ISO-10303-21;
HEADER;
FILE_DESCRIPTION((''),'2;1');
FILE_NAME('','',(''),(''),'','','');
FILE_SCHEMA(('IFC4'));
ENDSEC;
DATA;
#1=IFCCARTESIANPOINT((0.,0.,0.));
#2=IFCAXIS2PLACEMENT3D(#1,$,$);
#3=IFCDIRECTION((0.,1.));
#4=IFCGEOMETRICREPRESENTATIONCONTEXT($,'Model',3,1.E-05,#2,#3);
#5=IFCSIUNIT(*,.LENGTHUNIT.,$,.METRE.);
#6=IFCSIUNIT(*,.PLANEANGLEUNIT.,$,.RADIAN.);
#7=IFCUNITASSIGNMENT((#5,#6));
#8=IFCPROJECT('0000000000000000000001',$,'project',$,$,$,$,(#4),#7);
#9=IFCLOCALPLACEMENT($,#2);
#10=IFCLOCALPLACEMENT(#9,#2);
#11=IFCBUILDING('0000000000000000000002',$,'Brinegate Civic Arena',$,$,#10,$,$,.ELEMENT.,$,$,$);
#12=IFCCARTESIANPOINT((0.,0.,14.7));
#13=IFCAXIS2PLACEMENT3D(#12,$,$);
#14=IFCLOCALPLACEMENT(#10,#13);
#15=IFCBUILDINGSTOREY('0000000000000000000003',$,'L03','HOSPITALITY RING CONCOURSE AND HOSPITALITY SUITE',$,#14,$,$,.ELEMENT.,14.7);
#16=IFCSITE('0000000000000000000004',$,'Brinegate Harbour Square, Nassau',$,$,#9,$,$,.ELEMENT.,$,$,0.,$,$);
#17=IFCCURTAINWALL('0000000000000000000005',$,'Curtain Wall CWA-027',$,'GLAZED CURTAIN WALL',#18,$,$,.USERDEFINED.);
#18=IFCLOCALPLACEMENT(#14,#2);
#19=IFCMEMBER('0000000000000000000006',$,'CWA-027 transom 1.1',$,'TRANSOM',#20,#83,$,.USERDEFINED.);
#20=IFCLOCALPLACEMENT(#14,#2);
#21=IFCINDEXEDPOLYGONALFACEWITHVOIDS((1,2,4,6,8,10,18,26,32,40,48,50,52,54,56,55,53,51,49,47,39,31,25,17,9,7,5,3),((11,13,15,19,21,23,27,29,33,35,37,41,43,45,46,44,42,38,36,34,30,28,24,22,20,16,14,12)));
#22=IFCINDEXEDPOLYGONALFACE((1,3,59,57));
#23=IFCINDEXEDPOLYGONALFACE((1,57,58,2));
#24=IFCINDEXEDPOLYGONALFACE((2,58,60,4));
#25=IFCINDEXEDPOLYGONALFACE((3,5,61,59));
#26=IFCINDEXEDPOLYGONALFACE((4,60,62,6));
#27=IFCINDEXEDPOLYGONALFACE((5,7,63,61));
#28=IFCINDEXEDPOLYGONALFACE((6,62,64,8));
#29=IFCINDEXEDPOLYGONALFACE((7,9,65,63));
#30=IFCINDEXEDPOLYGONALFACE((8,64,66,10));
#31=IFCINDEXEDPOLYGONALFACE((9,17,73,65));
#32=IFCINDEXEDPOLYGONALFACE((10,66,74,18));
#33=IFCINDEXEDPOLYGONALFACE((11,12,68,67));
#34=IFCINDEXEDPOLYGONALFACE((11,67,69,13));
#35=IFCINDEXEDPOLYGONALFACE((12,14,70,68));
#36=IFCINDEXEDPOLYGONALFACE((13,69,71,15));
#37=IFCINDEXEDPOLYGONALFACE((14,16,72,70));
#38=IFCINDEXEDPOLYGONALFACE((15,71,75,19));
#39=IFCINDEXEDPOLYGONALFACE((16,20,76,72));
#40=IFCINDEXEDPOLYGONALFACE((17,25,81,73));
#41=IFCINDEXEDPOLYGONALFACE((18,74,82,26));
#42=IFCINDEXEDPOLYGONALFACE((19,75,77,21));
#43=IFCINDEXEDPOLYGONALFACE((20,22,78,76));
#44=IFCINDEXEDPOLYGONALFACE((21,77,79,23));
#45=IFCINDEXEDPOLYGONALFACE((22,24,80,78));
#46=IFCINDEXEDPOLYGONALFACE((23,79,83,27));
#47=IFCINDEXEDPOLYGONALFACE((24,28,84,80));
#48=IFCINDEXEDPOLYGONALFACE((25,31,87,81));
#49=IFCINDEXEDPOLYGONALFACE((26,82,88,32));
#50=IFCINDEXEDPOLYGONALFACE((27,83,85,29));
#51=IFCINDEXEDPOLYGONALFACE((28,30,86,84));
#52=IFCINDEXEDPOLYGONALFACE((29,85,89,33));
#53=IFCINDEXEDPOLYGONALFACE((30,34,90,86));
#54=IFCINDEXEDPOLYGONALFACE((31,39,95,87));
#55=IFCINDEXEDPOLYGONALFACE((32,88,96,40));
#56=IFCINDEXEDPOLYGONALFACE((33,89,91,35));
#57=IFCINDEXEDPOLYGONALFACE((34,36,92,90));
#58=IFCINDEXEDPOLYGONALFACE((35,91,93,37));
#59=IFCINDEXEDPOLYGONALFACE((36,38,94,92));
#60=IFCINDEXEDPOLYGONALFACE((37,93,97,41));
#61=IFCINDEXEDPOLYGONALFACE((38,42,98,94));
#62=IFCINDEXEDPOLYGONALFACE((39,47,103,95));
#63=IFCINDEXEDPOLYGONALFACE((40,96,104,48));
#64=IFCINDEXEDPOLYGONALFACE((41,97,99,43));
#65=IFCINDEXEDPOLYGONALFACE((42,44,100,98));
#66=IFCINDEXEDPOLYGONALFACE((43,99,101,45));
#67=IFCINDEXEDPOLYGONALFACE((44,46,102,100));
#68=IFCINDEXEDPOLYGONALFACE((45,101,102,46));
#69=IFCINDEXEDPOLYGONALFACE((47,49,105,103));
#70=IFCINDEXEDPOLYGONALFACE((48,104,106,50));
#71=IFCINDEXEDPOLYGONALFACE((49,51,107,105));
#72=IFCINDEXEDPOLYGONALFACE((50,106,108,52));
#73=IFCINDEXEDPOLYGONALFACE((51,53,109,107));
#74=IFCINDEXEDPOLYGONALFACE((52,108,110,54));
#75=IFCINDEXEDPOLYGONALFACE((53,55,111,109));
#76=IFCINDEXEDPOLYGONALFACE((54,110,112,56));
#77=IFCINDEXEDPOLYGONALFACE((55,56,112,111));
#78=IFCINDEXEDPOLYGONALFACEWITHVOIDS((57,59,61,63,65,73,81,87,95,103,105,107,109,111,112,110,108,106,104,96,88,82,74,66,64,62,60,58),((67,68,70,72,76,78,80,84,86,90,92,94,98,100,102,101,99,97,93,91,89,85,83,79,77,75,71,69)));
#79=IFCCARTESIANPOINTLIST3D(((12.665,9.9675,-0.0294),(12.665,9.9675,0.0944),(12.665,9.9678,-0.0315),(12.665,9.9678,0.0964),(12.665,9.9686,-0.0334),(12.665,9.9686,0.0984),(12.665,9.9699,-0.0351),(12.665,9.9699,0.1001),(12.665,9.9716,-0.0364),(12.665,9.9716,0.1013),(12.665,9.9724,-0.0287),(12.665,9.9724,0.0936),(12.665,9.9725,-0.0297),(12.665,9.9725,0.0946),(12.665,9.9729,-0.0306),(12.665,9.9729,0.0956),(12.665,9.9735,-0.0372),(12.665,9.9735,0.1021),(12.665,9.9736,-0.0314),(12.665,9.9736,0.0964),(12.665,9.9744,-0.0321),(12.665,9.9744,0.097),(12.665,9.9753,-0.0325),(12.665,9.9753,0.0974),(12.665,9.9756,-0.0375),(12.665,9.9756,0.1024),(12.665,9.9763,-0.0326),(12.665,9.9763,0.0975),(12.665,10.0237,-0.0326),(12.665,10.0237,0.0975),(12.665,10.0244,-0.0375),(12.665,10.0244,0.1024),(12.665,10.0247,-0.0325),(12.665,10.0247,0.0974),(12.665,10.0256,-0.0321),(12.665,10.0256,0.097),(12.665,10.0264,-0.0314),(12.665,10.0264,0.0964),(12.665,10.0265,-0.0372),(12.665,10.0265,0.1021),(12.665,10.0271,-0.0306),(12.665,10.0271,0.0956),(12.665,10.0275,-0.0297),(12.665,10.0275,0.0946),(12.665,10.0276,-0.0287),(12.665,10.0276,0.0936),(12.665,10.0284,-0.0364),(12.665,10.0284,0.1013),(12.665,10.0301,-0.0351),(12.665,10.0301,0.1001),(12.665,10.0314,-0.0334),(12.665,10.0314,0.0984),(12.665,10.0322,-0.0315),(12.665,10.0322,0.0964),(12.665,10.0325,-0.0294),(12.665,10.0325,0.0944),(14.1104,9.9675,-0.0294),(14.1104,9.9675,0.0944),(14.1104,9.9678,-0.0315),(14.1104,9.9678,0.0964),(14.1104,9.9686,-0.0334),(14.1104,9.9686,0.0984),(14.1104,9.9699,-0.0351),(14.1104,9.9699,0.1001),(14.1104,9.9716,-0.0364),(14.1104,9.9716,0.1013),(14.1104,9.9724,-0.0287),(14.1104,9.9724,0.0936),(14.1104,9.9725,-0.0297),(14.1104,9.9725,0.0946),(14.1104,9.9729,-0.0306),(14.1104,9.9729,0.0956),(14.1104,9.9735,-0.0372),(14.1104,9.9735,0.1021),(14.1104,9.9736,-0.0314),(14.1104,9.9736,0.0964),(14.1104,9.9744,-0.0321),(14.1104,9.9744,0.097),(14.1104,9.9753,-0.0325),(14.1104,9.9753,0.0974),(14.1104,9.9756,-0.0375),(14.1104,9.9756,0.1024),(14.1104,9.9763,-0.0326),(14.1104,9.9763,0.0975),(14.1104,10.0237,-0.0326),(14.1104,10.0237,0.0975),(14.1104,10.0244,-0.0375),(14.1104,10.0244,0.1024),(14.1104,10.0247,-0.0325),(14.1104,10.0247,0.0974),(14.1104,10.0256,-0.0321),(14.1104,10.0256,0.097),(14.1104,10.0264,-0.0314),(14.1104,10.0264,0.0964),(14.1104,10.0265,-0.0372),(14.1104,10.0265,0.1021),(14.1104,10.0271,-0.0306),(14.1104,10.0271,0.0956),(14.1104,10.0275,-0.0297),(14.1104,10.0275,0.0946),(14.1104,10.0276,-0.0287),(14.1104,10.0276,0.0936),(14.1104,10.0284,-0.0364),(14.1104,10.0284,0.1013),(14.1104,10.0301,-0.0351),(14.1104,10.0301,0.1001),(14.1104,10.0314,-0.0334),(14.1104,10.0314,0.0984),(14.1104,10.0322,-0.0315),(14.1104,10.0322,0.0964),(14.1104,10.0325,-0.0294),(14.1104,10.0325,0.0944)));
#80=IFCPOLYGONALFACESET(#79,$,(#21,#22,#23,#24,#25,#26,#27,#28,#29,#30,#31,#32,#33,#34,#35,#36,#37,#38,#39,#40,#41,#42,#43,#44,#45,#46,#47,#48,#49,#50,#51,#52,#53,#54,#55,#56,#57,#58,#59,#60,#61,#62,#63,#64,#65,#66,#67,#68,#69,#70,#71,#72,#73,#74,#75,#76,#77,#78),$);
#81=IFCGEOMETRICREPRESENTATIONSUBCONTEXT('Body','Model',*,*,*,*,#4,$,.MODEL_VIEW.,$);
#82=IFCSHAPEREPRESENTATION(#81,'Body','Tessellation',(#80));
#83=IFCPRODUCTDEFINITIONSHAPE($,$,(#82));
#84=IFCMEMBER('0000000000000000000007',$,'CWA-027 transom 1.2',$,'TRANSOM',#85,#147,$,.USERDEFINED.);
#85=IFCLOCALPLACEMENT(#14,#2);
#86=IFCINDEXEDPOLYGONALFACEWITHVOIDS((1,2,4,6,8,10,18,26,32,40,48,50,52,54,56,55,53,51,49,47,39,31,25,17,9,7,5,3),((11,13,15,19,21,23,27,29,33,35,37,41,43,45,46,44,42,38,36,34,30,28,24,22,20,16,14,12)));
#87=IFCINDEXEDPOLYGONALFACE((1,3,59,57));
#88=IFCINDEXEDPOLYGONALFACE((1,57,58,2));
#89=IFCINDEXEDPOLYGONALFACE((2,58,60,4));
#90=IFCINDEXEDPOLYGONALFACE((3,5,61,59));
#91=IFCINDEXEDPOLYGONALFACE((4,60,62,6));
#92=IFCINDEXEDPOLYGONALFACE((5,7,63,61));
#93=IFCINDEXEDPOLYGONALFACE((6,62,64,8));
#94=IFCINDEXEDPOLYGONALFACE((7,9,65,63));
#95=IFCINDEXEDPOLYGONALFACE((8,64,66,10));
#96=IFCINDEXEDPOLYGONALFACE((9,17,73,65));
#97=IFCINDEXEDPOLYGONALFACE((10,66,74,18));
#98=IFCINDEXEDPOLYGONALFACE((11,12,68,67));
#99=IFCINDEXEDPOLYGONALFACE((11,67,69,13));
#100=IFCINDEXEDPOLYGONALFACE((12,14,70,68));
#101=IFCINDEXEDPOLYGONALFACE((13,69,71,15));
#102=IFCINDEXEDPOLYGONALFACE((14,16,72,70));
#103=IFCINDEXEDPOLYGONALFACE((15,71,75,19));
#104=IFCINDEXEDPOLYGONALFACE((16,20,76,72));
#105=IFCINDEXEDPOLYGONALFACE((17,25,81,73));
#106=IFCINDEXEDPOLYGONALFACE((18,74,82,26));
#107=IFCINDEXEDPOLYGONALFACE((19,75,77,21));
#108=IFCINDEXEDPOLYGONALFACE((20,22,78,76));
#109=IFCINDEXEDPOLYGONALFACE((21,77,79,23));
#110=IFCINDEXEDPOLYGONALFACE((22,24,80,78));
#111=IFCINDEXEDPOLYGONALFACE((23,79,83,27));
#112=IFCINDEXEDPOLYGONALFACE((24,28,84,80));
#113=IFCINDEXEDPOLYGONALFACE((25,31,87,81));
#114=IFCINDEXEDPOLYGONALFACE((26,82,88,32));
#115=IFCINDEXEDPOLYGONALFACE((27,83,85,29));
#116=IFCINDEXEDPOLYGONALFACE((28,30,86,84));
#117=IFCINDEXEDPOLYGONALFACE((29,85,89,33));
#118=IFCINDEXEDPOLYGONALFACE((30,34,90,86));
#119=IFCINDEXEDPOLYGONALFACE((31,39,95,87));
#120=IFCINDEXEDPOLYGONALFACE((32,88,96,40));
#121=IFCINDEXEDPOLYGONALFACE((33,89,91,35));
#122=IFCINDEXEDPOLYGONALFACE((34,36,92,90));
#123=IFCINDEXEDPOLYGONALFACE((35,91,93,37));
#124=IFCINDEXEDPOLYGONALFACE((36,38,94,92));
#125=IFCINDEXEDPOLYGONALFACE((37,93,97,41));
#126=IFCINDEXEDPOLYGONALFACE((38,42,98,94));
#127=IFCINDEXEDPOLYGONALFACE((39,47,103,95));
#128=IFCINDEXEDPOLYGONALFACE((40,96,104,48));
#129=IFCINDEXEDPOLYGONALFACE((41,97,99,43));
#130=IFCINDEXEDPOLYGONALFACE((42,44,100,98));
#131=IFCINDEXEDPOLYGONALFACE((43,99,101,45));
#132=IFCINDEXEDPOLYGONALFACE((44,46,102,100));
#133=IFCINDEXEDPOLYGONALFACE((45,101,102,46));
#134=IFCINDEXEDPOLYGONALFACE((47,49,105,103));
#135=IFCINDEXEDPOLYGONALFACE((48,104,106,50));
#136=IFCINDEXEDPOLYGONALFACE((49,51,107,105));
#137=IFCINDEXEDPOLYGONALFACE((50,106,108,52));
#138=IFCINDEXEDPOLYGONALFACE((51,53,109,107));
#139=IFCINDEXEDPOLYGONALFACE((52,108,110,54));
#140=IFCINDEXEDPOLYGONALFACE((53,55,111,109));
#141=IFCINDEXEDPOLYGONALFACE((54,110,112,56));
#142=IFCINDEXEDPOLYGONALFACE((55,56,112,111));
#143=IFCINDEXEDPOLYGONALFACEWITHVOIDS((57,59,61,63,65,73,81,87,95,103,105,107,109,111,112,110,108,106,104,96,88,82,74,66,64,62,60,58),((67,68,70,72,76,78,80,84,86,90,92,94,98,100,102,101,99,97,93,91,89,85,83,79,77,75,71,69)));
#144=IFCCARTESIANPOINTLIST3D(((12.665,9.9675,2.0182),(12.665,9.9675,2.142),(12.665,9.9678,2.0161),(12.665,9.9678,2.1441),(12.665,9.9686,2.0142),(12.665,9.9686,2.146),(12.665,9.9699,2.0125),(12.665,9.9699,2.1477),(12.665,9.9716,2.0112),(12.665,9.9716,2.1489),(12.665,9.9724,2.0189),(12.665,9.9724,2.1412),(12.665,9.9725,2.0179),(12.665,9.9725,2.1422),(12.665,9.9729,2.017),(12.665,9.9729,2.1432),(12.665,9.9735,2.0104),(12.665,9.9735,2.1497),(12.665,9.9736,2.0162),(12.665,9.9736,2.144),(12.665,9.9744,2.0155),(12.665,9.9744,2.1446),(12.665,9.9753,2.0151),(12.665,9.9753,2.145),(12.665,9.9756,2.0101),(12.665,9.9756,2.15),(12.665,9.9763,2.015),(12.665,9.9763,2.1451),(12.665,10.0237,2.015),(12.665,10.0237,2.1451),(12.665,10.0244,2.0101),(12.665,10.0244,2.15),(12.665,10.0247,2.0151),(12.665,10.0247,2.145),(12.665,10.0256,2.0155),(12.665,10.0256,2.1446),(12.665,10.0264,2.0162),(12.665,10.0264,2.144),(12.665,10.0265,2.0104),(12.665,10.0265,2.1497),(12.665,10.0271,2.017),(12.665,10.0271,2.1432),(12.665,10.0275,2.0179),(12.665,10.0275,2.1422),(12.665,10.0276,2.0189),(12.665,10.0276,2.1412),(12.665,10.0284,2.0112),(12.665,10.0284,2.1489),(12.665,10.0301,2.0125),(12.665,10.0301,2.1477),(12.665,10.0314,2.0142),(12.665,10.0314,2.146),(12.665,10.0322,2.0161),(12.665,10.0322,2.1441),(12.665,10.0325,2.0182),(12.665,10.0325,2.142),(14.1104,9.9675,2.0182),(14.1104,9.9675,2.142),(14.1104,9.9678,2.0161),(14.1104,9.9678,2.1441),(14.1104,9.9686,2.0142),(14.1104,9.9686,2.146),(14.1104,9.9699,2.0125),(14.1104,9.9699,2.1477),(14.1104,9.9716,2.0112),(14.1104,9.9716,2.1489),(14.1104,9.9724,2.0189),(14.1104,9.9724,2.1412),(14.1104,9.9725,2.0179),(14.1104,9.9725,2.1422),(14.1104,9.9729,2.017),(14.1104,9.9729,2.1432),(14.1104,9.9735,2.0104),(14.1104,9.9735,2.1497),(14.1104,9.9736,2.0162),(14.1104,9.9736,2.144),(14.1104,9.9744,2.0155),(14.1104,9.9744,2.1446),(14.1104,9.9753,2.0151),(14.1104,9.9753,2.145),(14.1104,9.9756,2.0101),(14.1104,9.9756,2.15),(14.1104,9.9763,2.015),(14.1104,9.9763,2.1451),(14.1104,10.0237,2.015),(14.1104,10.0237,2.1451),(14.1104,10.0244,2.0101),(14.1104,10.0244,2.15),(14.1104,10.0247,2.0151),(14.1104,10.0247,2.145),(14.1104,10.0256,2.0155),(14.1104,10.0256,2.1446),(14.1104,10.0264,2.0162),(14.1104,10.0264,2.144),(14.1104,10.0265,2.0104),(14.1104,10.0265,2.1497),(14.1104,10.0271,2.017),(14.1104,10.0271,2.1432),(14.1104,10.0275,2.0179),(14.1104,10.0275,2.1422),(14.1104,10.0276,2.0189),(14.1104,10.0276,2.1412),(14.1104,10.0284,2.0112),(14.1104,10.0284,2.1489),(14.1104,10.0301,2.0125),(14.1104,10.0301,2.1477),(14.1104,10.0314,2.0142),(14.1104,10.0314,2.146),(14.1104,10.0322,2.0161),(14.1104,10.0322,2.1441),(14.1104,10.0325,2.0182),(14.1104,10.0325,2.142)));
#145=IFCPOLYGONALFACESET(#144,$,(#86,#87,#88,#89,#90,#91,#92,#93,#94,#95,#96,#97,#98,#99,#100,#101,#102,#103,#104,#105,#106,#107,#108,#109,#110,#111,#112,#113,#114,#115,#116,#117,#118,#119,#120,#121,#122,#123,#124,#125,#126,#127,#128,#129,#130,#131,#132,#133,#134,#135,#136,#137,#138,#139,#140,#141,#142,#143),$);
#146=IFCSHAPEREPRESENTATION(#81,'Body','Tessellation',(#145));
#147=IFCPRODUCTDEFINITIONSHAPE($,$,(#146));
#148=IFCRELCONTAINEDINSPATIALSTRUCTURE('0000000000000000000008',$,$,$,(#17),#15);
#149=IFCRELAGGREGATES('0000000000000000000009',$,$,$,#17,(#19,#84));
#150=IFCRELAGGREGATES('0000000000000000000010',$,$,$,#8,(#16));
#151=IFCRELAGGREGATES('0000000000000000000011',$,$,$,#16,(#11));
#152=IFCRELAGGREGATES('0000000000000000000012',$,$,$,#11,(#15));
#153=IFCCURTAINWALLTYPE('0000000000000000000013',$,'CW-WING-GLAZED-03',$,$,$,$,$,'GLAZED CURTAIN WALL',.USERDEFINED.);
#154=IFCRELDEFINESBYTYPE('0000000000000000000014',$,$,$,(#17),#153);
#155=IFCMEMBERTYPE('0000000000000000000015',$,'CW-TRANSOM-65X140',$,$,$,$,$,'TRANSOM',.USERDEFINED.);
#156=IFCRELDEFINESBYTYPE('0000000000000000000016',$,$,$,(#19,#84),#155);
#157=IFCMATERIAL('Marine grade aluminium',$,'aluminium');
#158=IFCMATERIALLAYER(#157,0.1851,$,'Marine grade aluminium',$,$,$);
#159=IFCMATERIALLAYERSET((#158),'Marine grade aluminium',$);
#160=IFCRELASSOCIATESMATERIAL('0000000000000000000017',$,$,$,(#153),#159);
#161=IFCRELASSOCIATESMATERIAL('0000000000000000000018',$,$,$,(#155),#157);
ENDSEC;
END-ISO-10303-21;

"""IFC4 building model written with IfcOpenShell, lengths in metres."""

from ifc_helpers import new_model, si_unit, direction, frame, origin, origin_2d, place, context, subcontext, project, spatial, hollow_rectangle, extrude, material, layer, layer_set, material_profile, profile_set, type_object, element, aggregate, save


model = new_model("IFC4")

# Units and contexts
model_context = context("Model", 3, precision=1e-05, world=origin(), true_north=direction((0.0, 1.0)))
body_context = subcontext(model_context, "Body", "Model", "MODEL_VIEW")
ifc_project = project(units=[si_unit("LENGTHUNIT", "METRE"), si_unit("PLANEANGLEUNIT", "RADIAN")], contexts=[model_context])

# Site, building, storey
site_placement = place(None, origin())
site = spatial("IfcSite", under=ifc_project, at=site_placement, Name="Brinegate Harbour Square, Nassau", CompositionType="ELEMENT", RefElevation=0.0)
building_placement = place(site_placement, origin())
building = spatial("IfcBuilding", under=site, at=building_placement, Name="Brinegate Civic Arena", CompositionType="ELEMENT")
storey_placement = place(building_placement, frame((0.0, 0.0, 14.7)))
storey = spatial("IfcBuildingStorey", under=building, at=storey_placement, Name="L03", Description="HOSPITALITY RING CONCOURSE AND HOSPITALITY SUITE", CompositionType="ELEMENT", Elevation=14.7)

# Curtain wall, members
ifc_material_1 = material(Name="Marine grade aluminium", Category="aluminium")
ifc_layer_1 = layer(ifc_material_1, 0.1851, Name="Marine grade aluminium")
ifc_layer_set_1 = layer_set([ifc_layer_1], Name="Marine grade aluminium")
curtain_wall_type = type_object("IfcCurtainWallType", Name="CW-WING-GLAZED-03", ElementType="GLAZED CURTAIN WALL", PredefinedType="USERDEFINED", material=ifc_layer_set_1)
curtain_wall_placement = place(storey_placement, origin())
curtain_wall = element("IfcCurtainWall", 1, at=curtain_wall_placement, inside=storey, type_object=curtain_wall_type, Name="Curtain Wall CWA-027", ObjectType="GLAZED CURTAIN WALL", PredefinedType="USERDEFINED")
ifc_material_profile_1 = material_profile(ifc_material_1, hollow_rectangle(XDim=0.0649, YDim=0.1399, WallThickness=0.0049, InnerFilletRadius=0.0039, OuterFilletRadius=0.0081, at=origin_2d()), Name="TRN65X140")
ifc_profile_set_1 = profile_set([ifc_material_profile_1], Name="Marine grade aluminium")
member_type_1 = type_object("IfcMemberType", Name="CW-TRANSOM-65X140", ElementType="TRANSOM", PredefinedType="USERDEFINED", material=ifc_profile_set_1)
member_1_placement = place(storey_placement, frame((12.665, 10.0, 0.0325), z_axis=(1.0, 0.0, 0.0), x_axis=(0.0, 1.0, 0.0)))
member_1 = element("IfcMember", 2, at=member_1_placement, type_object=member_type_1, Name="CWA-027 transom 1.1", ObjectType="TRANSOM", PredefinedType="USERDEFINED", context=body_context, shape_type="SweptSolid", body=[
    extrude(hollow_rectangle(XDim=0.0649, YDim=0.1399, WallThickness=0.0049, InnerFilletRadius=0.0039, OuterFilletRadius=0.0081, at=origin_2d()), origin(), (0.0, 0.0, 1.0), 1.4453),
])
member_2_placement = place(storey_placement, frame((12.665, 10.0, 2.0801), z_axis=(1.0, 0.0, 0.0), x_axis=(0.0, 1.0, 0.0)))
member_2 = element("IfcMember", 3, at=member_2_placement, type_object=member_type_1, Name="CWA-027 transom 1.2", ObjectType="TRANSOM", PredefinedType="USERDEFINED", context=body_context, shape_type="SweptSolid", body=[
    extrude(hollow_rectangle(XDim=0.0649, YDim=0.1399, WallThickness=0.0049, InnerFilletRadius=0.0039, OuterFilletRadius=0.0081, at=origin_2d()), origin(), (0.0, 0.0, 1.0), 1.4453),
])

aggregate(curtain_wall, [member_1, member_2])

save(model, "model.ifc")
